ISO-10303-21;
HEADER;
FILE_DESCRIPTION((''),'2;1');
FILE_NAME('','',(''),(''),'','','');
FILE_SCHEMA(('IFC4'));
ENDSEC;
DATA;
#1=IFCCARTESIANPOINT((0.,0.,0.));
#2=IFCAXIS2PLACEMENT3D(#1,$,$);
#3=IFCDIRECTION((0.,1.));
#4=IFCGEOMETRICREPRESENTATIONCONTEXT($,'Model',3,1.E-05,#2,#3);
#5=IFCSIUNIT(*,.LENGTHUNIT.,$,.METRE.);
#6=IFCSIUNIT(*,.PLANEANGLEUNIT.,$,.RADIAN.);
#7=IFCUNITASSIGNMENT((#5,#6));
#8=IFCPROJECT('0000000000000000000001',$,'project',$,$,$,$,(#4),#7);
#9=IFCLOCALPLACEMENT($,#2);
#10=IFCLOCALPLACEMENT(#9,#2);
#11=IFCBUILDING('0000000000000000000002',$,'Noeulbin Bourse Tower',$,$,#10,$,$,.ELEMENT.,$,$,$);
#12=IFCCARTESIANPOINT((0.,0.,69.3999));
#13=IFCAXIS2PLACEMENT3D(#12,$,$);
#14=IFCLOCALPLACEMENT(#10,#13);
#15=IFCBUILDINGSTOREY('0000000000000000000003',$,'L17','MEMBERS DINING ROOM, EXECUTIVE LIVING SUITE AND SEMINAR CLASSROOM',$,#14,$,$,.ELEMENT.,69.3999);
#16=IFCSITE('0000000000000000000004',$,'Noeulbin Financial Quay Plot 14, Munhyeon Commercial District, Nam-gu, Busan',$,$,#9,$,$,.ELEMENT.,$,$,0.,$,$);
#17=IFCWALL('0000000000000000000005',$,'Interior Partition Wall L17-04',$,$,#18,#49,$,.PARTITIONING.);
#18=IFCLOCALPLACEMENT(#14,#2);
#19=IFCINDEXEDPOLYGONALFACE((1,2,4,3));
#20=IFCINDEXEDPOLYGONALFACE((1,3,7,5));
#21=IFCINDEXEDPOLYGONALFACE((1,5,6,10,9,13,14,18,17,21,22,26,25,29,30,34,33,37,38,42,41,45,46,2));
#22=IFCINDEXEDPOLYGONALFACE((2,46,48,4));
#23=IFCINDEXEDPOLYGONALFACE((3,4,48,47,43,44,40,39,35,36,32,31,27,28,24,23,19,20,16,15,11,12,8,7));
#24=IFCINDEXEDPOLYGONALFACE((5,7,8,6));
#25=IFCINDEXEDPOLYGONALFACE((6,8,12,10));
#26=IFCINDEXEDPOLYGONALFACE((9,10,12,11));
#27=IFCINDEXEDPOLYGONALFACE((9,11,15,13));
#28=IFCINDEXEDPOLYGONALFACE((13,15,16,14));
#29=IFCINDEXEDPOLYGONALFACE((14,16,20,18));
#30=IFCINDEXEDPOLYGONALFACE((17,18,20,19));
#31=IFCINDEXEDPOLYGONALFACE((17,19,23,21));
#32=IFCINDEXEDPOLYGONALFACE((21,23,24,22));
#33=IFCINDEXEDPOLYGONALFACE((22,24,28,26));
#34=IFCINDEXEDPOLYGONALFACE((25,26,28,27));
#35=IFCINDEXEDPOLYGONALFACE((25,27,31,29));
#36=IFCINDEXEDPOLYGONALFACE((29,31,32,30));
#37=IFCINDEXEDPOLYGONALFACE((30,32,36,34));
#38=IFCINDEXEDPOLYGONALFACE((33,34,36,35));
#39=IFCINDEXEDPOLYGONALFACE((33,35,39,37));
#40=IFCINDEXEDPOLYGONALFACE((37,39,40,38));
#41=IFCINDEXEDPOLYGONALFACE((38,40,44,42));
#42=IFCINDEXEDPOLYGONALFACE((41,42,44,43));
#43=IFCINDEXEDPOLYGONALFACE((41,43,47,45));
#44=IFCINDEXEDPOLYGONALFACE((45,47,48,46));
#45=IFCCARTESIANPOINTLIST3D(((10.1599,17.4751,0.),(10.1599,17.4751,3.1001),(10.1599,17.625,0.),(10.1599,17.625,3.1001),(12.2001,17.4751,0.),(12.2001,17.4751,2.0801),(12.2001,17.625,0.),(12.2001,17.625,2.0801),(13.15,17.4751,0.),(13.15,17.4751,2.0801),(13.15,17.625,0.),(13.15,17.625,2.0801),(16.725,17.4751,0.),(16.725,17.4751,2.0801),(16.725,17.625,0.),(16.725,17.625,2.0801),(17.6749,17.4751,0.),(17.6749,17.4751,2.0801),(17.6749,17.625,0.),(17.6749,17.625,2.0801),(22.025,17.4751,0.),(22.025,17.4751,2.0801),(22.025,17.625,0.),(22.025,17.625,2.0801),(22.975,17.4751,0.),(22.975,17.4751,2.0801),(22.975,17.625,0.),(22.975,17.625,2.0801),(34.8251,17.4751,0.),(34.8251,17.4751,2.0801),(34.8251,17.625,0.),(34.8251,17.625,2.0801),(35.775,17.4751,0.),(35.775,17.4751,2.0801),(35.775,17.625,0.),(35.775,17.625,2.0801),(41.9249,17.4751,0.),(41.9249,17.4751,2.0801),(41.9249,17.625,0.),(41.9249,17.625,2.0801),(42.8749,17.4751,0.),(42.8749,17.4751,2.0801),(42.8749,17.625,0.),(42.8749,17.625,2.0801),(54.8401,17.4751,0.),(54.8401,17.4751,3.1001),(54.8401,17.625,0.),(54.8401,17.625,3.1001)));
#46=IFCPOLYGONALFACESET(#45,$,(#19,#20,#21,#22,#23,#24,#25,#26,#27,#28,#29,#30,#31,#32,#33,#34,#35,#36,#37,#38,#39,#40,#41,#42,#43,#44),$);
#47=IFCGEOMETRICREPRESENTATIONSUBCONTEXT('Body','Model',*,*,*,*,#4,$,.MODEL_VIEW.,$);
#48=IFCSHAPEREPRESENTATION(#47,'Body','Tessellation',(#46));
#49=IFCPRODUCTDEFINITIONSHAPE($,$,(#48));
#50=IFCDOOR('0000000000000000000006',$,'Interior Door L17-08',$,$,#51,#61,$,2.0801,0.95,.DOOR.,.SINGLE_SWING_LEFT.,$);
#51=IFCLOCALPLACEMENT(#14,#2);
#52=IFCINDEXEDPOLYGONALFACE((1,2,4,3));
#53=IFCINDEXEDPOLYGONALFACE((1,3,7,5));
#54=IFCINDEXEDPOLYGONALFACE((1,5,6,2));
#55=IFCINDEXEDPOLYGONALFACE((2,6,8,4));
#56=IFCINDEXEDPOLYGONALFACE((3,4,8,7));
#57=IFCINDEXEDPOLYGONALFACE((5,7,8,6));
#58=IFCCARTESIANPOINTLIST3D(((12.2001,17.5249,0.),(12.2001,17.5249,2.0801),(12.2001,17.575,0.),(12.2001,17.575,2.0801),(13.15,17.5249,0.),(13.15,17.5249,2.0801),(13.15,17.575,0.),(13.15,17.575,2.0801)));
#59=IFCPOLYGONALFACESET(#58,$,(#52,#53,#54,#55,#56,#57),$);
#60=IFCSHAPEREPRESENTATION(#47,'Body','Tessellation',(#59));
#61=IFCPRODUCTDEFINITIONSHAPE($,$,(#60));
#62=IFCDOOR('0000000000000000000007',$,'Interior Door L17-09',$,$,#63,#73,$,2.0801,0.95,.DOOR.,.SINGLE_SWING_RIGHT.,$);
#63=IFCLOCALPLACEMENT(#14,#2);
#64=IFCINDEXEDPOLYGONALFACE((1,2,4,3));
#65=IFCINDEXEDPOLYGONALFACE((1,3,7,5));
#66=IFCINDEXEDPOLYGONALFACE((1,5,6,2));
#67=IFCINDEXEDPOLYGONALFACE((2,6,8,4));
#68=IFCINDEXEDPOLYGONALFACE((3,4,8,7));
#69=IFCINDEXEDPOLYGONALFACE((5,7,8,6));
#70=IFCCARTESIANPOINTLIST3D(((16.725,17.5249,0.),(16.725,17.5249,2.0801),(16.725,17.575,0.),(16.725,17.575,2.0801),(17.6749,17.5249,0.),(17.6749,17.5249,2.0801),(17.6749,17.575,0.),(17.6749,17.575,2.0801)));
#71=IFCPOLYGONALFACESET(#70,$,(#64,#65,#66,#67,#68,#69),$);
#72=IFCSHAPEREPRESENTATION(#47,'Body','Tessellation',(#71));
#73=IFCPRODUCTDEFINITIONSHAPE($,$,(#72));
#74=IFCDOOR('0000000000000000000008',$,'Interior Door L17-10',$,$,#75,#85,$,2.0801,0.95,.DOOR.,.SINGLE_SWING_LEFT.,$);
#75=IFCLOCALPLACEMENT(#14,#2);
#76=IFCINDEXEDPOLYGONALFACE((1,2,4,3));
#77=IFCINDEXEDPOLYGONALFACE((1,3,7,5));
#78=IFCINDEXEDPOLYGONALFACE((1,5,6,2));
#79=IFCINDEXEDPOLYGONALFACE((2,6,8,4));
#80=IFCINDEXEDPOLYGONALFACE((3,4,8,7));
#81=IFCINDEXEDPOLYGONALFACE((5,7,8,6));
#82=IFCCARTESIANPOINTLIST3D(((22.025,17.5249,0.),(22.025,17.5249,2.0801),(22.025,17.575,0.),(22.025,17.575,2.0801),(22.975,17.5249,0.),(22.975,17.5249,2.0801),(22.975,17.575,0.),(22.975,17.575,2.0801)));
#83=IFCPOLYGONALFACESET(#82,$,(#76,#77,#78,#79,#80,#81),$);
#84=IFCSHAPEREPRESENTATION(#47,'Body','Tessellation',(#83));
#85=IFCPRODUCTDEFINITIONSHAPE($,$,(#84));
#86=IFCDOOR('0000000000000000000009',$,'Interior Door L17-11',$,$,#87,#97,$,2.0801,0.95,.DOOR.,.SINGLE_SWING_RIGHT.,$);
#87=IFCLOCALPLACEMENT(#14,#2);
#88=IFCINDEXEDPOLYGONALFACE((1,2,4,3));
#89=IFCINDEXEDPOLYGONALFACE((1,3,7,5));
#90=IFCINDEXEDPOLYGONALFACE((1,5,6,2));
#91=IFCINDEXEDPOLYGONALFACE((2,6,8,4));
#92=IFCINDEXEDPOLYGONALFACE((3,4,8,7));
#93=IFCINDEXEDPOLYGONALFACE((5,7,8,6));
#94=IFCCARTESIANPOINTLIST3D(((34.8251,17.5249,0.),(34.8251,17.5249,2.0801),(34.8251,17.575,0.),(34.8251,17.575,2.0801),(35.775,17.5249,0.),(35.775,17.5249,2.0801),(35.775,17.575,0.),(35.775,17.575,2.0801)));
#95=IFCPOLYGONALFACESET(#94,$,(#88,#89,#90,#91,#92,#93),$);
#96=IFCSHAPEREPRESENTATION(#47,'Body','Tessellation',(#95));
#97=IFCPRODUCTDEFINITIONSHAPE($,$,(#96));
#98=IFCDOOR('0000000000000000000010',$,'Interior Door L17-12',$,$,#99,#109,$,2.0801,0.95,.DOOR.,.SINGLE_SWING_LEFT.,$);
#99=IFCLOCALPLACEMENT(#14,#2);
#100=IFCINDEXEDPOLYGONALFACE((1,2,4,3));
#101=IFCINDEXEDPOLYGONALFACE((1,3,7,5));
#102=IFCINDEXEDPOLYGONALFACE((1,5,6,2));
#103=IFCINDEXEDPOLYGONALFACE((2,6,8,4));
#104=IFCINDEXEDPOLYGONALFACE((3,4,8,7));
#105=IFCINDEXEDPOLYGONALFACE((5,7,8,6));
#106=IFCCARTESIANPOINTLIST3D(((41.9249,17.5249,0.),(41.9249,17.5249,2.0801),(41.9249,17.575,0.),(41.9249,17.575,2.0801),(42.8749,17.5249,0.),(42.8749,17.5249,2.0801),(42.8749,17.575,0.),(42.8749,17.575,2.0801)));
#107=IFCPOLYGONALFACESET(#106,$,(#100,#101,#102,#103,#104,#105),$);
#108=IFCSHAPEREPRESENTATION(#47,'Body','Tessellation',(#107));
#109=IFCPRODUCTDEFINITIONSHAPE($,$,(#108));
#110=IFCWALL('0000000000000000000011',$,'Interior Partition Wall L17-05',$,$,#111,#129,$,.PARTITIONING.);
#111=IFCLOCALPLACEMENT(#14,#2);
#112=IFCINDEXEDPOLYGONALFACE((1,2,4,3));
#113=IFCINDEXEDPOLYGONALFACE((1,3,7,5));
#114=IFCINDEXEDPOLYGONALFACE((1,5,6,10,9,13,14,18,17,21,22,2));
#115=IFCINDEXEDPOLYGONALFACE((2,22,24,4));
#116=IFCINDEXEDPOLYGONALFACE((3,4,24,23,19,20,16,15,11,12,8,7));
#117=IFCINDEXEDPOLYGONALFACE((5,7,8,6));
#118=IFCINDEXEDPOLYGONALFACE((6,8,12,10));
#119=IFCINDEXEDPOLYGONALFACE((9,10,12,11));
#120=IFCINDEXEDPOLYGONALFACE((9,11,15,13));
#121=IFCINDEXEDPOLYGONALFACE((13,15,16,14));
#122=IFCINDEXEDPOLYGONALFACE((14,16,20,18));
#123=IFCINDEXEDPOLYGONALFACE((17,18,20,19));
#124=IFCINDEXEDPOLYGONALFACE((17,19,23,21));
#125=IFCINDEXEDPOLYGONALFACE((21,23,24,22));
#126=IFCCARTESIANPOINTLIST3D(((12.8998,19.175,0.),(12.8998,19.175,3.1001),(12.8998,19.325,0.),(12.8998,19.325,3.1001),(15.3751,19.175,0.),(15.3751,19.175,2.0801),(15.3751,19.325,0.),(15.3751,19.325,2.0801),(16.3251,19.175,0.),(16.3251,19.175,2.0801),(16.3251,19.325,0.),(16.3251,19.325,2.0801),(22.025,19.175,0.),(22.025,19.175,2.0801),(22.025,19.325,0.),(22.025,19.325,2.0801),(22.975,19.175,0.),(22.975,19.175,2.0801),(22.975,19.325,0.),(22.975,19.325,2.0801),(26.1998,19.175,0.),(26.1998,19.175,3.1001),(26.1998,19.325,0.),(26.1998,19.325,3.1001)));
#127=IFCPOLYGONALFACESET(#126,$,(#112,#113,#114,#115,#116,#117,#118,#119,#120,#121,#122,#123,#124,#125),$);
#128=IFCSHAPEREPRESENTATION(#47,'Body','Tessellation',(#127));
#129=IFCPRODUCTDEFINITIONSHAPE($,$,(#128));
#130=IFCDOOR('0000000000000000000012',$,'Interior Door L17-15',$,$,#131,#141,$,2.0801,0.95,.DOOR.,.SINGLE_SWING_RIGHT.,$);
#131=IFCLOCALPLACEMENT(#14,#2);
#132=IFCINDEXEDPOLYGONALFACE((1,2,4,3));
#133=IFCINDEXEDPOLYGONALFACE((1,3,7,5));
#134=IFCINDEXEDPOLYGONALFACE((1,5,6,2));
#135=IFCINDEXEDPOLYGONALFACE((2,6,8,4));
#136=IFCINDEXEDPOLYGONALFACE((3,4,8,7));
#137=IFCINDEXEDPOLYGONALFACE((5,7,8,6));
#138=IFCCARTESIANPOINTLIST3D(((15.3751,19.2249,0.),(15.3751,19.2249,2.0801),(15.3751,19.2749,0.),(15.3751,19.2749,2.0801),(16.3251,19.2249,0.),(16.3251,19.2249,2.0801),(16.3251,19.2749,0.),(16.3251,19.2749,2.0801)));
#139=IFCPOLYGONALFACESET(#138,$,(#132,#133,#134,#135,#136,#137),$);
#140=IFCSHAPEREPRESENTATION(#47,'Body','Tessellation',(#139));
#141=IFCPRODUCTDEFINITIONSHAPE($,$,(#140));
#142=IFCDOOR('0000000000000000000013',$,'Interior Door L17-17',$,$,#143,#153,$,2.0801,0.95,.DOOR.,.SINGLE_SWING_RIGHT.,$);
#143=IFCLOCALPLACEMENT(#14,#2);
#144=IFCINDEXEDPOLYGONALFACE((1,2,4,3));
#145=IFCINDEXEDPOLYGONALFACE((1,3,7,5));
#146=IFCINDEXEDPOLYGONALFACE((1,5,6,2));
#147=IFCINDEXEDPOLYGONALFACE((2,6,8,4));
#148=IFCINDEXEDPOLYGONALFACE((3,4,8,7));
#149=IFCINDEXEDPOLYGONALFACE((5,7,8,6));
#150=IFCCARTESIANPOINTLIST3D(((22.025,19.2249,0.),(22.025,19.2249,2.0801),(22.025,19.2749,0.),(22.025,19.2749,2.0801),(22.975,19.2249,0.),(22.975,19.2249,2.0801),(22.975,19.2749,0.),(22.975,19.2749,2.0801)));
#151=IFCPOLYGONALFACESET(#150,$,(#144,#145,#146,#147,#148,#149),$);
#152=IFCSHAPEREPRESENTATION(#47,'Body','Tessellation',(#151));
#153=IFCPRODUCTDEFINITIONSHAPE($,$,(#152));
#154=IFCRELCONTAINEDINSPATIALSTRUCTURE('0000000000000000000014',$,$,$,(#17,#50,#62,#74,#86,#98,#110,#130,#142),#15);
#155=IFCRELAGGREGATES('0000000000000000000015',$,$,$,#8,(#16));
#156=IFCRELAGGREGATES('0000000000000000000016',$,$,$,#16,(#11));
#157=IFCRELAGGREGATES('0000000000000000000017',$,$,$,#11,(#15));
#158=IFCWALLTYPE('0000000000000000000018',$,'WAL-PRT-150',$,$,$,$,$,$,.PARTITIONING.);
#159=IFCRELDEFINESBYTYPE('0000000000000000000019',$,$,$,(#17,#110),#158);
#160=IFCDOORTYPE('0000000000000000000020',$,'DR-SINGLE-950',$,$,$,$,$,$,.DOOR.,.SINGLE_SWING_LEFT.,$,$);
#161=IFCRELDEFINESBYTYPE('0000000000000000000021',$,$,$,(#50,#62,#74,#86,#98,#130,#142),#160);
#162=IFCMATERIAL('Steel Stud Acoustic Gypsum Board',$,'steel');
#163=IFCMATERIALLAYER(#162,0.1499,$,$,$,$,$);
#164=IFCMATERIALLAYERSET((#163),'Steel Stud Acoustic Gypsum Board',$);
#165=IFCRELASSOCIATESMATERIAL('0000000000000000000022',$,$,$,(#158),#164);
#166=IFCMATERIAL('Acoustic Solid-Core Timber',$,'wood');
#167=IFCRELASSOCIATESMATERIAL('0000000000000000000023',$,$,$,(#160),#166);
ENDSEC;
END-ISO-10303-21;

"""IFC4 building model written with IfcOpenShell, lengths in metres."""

from ifc_helpers import new_model, si_unit, direction, frame, frame_2d, origin, place, context, subcontext, project, spatial, rectangle, extrude, material, layer, layer_set, type_object, element, fill, save


model = new_model("IFC4")

# Units and contexts
model_context = context("Model", 3, precision=1e-05, world=origin(), true_north=direction((0.0, 1.0)))
body_context = subcontext(model_context, "Body", "Model", "MODEL_VIEW")
ifc_project = project(units=[si_unit("LENGTHUNIT", "METRE"), si_unit("PLANEANGLEUNIT", "RADIAN")], contexts=[model_context])

# Site, building, storey
site_placement = place(None, origin())
site = spatial("IfcSite", under=ifc_project, at=site_placement, Name="Noeulbin Financial Quay Plot 14, Munhyeon Commercial District, Nam-gu, Busan", CompositionType="ELEMENT", RefElevation=0.0)
building_placement = place(site_placement, origin())
building = spatial("IfcBuilding", under=site, at=building_placement, Name="Noeulbin Bourse Tower", CompositionType="ELEMENT")
storey_placement = place(building_placement, frame((0.0, 0.0, 69.3999)))
storey = spatial("IfcBuildingStorey", under=building, at=storey_placement, Name="L17", Description="MEMBERS DINING ROOM, EXECUTIVE LIVING SUITE AND SEMINAR CLASSROOM", CompositionType="ELEMENT", Elevation=69.3999)

# Walls, openings, doors
ifc_material_1 = material(Name="Steel Stud Acoustic Gypsum Board", Category="steel")
ifc_layer_1 = layer(ifc_material_1, 0.1499)
ifc_layer_set_1 = layer_set([ifc_layer_1], Name="Steel Stud Acoustic Gypsum Board")
wall_type_1 = type_object("IfcWallType", Name="WAL-PRT-150", PredefinedType="PARTITIONING", material=ifc_layer_set_1)
wall_1_placement = place(storey_placement, frame((10.1599, 17.55, 0.0), z_axis=(0.0, 0.0, 1.0), x_axis=(1.0, 0.0, 0.0)))
wall_1 = element("IfcWall", 1, at=wall_1_placement, inside=storey, type_object=wall_type_1, Name="Interior Partition Wall L17-04", PredefinedType="PARTITIONING", context=body_context, shape_type="SweptSolid", body=[
    extrude(rectangle(XDim=44.6802, YDim=0.1499, at=frame_2d((22.3401, 0.0))), origin(), (0.0, 0.0, 1.0), 3.1001),
])
opening_1_placement = place(wall_1_placement, frame((2.04, 0.0, 0.0)))
opening_1 = element("IfcOpeningElement", 2, at=opening_1_placement, cuts=wall_1, PredefinedType="OPENING", context=body_context, shape_type="SweptSolid", body=[
    extrude(rectangle(XDim=0.95, YDim=2.0801, at=frame_2d((0.4751, 1.04))), frame((0.0, 0.085, 0.0), z_axis=(0.0, -1.0, 0.0), x_axis=(1.0, 0.0, 0.0)), (0.0, 0.0, 1.0), 0.1699),
])
opening_2_placement = place(wall_1_placement, frame((6.5649, 0.0, 0.0)))
opening_2 = element("IfcOpeningElement", 3, at=opening_2_placement, cuts=wall_1, PredefinedType="OPENING", context=body_context, shape_type="SweptSolid", body=[
    extrude(rectangle(XDim=0.95, YDim=2.0801, at=frame_2d((0.4751, 1.04))), frame((0.0, 0.085, 0.0), z_axis=(0.0, -1.0, 0.0), x_axis=(1.0, 0.0, 0.0)), (0.0, 0.0, 1.0), 0.1699),
])
opening_3_placement = place(wall_1_placement, frame((11.865, 0.0, 0.0)))
opening_3 = element("IfcOpeningElement", 4, at=opening_3_placement, cuts=wall_1, PredefinedType="OPENING", context=body_context, shape_type="SweptSolid", body=[
    extrude(rectangle(XDim=0.95, YDim=2.0801, at=frame_2d((0.4751, 1.04))), frame((0.0, 0.085, 0.0), z_axis=(0.0, -1.0, 0.0), x_axis=(1.0, 0.0, 0.0)), (0.0, 0.0, 1.0), 0.1699),
])
opening_4_placement = place(wall_1_placement, frame((24.665, 0.0, 0.0)))
opening_4 = element("IfcOpeningElement", 5, at=opening_4_placement, cuts=wall_1, PredefinedType="OPENING", context=body_context, shape_type="SweptSolid", body=[
    extrude(rectangle(XDim=0.95, YDim=2.0801, at=frame_2d((0.4751, 1.04))), frame((0.0, 0.085, 0.0), z_axis=(0.0, -1.0, 0.0), x_axis=(1.0, 0.0, 0.0)), (0.0, 0.0, 1.0), 0.1699),
])
opening_5_placement = place(wall_1_placement, frame((31.7649, 0.0, 0.0)))
opening_5 = element("IfcOpeningElement", 6, at=opening_5_placement, cuts=wall_1, PredefinedType="OPENING", context=body_context, shape_type="SweptSolid", body=[
    extrude(rectangle(XDim=0.95, YDim=2.0801, at=frame_2d((0.4751, 1.04))), frame((0.0, 0.085, 0.0), z_axis=(0.0, -1.0, 0.0), x_axis=(1.0, 0.0, 0.0)), (0.0, 0.0, 1.0), 0.1699),
])
ifc_material_2 = material(Name="Acoustic Solid-Core Timber", Category="wood")
door_type = type_object("IfcDoorType", Name="DR-SINGLE-950", OperationType="SINGLE_SWING_LEFT", PredefinedType="DOOR", material=ifc_material_2)
door_1_placement = place(opening_1_placement, origin())
door_1 = element("IfcDoor", 7, at=door_1_placement, inside=storey, type_object=door_type, Name="Interior Door L17-08", OperationType="SINGLE_SWING_LEFT", OverallHeight=2.0801, OverallWidth=0.95, PredefinedType="DOOR", context=body_context, shape_type="SweptSolid", body=[
    extrude(rectangle(XDim=0.95, YDim=2.0801, at=frame_2d((0.4751, 1.04))), frame((0.0, 0.0249, 0.0), z_axis=(0.0, -1.0, 0.0), x_axis=(1.0, 0.0, 0.0)), (0.0, 0.0, 1.0), 0.05),
])
fill(opening_1, door_1)
door_2_placement = place(opening_2_placement, origin())
door_2 = element("IfcDoor", 8, at=door_2_placement, inside=storey, type_object=door_type, Name="Interior Door L17-09", OperationType="SINGLE_SWING_RIGHT", OverallHeight=2.0801, OverallWidth=0.95, PredefinedType="DOOR", context=body_context, shape_type="SweptSolid", body=[
    extrude(rectangle(XDim=0.95, YDim=2.0801, at=frame_2d((0.4751, 1.04))), frame((0.0, 0.0249, 0.0), z_axis=(0.0, -1.0, 0.0), x_axis=(1.0, 0.0, 0.0)), (0.0, 0.0, 1.0), 0.05),
])
fill(opening_2, door_2)
door_3_placement = place(opening_3_placement, origin())
door_3 = element("IfcDoor", 9, at=door_3_placement, inside=storey, type_object=door_type, Name="Interior Door L17-10", OperationType="SINGLE_SWING_LEFT", OverallHeight=2.0801, OverallWidth=0.95, PredefinedType="DOOR", context=body_context, shape_type="SweptSolid", body=[
    extrude(rectangle(XDim=0.95, YDim=2.0801, at=frame_2d((0.4751, 1.04))), frame((0.0, 0.0249, 0.0), z_axis=(0.0, -1.0, 0.0), x_axis=(1.0, 0.0, 0.0)), (0.0, 0.0, 1.0), 0.05),
])
fill(opening_3, door_3)
door_4_placement = place(opening_4_placement, origin())
door_4 = element("IfcDoor", 10, at=door_4_placement, inside=storey, type_object=door_type, Name="Interior Door L17-11", OperationType="SINGLE_SWING_RIGHT", OverallHeight=2.0801, OverallWidth=0.95, PredefinedType="DOOR", context=body_context, shape_type="SweptSolid", body=[
    extrude(rectangle(XDim=0.95, YDim=2.0801, at=frame_2d((0.4751, 1.04))), frame((0.0, 0.0249, 0.0), z_axis=(0.0, -1.0, 0.0), x_axis=(1.0, 0.0, 0.0)), (0.0, 0.0, 1.0), 0.05),
])
fill(opening_4, door_4)
door_5_placement = place(opening_5_placement, origin())
door_5 = element("IfcDoor", 11, at=door_5_placement, inside=storey, type_object=door_type, Name="Interior Door L17-12", OperationType="SINGLE_SWING_LEFT", OverallHeight=2.0801, OverallWidth=0.95, PredefinedType="DOOR", context=body_context, shape_type="SweptSolid", body=[
    extrude(rectangle(XDim=0.95, YDim=2.0801, at=frame_2d((0.4751, 1.04))), frame((0.0, 0.0249, 0.0), z_axis=(0.0, -1.0, 0.0), x_axis=(1.0, 0.0, 0.0)), (0.0, 0.0, 1.0), 0.05),
])
fill(opening_5, door_5)
wall_2_placement = place(storey_placement, frame((12.8999, 19.25, 0.0), z_axis=(0.0, 0.0, 1.0), x_axis=(1.0, 0.0, 0.0)))
wall_2 = element("IfcWall", 12, at=wall_2_placement, inside=storey, type_object=wall_type_1, Name="Interior Partition Wall L17-05", PredefinedType="PARTITIONING", context=body_context, shape_type="SweptSolid", body=[
    extrude(rectangle(XDim=13.3, YDim=0.1499, at=frame_2d((6.6499, 0.0))), origin(), (0.0, 0.0, 1.0), 3.1001),
])
opening_6_placement = place(wall_2_placement, frame((2.4751, 0.0, 0.0)))
opening_6 = element("IfcOpeningElement", 13, at=opening_6_placement, cuts=wall_2, PredefinedType="OPENING", context=body_context, shape_type="SweptSolid", body=[
    extrude(rectangle(XDim=0.95, YDim=2.0801, at=frame_2d((0.4751, 1.04))), frame((0.0, 0.085, 0.0), z_axis=(0.0, -1.0, 0.0), x_axis=(1.0, 0.0, 0.0)), (0.0, 0.0, 1.0), 0.1699),
])
opening_7_placement = place(wall_2_placement, frame((9.125, 0.0, 0.0)))
opening_7 = element("IfcOpeningElement", 14, at=opening_7_placement, cuts=wall_2, PredefinedType="OPENING", context=body_context, shape_type="SweptSolid", body=[
    extrude(rectangle(XDim=0.95, YDim=2.0801, at=frame_2d((0.4751, 1.04))), frame((0.0, 0.085, 0.0), z_axis=(0.0, -1.0, 0.0), x_axis=(1.0, 0.0, 0.0)), (0.0, 0.0, 1.0), 0.1699),
])
door_6_placement = place(opening_6_placement, origin())
door_6 = element("IfcDoor", 15, at=door_6_placement, inside=storey, type_object=door_type, Name="Interior Door L17-15", OperationType="SINGLE_SWING_RIGHT", OverallHeight=2.0801, OverallWidth=0.95, PredefinedType="DOOR", context=body_context, shape_type="SweptSolid", body=[
    extrude(rectangle(XDim=0.95, YDim=2.0801, at=frame_2d((0.4751, 1.04))), frame((0.0, 0.0249, 0.0), z_axis=(0.0, -1.0, 0.0), x_axis=(1.0, 0.0, 0.0)), (0.0, 0.0, 1.0), 0.05),
])
fill(opening_6, door_6)
door_7_placement = place(opening_7_placement, origin())
door_7 = element("IfcDoor", 16, at=door_7_placement, inside=storey, type_object=door_type, Name="Interior Door L17-17", OperationType="SINGLE_SWING_RIGHT", OverallHeight=2.0801, OverallWidth=0.95, PredefinedType="DOOR", context=body_context, shape_type="SweptSolid", body=[
    extrude(rectangle(XDim=0.95, YDim=2.0801, at=frame_2d((0.4751, 1.04))), frame((0.0, 0.0249, 0.0), z_axis=(0.0, -1.0, 0.0), x_axis=(1.0, 0.0, 0.0)), (0.0, 0.0, 1.0), 0.05),
])
fill(opening_7, door_7)

save(model, "model.ifc")
